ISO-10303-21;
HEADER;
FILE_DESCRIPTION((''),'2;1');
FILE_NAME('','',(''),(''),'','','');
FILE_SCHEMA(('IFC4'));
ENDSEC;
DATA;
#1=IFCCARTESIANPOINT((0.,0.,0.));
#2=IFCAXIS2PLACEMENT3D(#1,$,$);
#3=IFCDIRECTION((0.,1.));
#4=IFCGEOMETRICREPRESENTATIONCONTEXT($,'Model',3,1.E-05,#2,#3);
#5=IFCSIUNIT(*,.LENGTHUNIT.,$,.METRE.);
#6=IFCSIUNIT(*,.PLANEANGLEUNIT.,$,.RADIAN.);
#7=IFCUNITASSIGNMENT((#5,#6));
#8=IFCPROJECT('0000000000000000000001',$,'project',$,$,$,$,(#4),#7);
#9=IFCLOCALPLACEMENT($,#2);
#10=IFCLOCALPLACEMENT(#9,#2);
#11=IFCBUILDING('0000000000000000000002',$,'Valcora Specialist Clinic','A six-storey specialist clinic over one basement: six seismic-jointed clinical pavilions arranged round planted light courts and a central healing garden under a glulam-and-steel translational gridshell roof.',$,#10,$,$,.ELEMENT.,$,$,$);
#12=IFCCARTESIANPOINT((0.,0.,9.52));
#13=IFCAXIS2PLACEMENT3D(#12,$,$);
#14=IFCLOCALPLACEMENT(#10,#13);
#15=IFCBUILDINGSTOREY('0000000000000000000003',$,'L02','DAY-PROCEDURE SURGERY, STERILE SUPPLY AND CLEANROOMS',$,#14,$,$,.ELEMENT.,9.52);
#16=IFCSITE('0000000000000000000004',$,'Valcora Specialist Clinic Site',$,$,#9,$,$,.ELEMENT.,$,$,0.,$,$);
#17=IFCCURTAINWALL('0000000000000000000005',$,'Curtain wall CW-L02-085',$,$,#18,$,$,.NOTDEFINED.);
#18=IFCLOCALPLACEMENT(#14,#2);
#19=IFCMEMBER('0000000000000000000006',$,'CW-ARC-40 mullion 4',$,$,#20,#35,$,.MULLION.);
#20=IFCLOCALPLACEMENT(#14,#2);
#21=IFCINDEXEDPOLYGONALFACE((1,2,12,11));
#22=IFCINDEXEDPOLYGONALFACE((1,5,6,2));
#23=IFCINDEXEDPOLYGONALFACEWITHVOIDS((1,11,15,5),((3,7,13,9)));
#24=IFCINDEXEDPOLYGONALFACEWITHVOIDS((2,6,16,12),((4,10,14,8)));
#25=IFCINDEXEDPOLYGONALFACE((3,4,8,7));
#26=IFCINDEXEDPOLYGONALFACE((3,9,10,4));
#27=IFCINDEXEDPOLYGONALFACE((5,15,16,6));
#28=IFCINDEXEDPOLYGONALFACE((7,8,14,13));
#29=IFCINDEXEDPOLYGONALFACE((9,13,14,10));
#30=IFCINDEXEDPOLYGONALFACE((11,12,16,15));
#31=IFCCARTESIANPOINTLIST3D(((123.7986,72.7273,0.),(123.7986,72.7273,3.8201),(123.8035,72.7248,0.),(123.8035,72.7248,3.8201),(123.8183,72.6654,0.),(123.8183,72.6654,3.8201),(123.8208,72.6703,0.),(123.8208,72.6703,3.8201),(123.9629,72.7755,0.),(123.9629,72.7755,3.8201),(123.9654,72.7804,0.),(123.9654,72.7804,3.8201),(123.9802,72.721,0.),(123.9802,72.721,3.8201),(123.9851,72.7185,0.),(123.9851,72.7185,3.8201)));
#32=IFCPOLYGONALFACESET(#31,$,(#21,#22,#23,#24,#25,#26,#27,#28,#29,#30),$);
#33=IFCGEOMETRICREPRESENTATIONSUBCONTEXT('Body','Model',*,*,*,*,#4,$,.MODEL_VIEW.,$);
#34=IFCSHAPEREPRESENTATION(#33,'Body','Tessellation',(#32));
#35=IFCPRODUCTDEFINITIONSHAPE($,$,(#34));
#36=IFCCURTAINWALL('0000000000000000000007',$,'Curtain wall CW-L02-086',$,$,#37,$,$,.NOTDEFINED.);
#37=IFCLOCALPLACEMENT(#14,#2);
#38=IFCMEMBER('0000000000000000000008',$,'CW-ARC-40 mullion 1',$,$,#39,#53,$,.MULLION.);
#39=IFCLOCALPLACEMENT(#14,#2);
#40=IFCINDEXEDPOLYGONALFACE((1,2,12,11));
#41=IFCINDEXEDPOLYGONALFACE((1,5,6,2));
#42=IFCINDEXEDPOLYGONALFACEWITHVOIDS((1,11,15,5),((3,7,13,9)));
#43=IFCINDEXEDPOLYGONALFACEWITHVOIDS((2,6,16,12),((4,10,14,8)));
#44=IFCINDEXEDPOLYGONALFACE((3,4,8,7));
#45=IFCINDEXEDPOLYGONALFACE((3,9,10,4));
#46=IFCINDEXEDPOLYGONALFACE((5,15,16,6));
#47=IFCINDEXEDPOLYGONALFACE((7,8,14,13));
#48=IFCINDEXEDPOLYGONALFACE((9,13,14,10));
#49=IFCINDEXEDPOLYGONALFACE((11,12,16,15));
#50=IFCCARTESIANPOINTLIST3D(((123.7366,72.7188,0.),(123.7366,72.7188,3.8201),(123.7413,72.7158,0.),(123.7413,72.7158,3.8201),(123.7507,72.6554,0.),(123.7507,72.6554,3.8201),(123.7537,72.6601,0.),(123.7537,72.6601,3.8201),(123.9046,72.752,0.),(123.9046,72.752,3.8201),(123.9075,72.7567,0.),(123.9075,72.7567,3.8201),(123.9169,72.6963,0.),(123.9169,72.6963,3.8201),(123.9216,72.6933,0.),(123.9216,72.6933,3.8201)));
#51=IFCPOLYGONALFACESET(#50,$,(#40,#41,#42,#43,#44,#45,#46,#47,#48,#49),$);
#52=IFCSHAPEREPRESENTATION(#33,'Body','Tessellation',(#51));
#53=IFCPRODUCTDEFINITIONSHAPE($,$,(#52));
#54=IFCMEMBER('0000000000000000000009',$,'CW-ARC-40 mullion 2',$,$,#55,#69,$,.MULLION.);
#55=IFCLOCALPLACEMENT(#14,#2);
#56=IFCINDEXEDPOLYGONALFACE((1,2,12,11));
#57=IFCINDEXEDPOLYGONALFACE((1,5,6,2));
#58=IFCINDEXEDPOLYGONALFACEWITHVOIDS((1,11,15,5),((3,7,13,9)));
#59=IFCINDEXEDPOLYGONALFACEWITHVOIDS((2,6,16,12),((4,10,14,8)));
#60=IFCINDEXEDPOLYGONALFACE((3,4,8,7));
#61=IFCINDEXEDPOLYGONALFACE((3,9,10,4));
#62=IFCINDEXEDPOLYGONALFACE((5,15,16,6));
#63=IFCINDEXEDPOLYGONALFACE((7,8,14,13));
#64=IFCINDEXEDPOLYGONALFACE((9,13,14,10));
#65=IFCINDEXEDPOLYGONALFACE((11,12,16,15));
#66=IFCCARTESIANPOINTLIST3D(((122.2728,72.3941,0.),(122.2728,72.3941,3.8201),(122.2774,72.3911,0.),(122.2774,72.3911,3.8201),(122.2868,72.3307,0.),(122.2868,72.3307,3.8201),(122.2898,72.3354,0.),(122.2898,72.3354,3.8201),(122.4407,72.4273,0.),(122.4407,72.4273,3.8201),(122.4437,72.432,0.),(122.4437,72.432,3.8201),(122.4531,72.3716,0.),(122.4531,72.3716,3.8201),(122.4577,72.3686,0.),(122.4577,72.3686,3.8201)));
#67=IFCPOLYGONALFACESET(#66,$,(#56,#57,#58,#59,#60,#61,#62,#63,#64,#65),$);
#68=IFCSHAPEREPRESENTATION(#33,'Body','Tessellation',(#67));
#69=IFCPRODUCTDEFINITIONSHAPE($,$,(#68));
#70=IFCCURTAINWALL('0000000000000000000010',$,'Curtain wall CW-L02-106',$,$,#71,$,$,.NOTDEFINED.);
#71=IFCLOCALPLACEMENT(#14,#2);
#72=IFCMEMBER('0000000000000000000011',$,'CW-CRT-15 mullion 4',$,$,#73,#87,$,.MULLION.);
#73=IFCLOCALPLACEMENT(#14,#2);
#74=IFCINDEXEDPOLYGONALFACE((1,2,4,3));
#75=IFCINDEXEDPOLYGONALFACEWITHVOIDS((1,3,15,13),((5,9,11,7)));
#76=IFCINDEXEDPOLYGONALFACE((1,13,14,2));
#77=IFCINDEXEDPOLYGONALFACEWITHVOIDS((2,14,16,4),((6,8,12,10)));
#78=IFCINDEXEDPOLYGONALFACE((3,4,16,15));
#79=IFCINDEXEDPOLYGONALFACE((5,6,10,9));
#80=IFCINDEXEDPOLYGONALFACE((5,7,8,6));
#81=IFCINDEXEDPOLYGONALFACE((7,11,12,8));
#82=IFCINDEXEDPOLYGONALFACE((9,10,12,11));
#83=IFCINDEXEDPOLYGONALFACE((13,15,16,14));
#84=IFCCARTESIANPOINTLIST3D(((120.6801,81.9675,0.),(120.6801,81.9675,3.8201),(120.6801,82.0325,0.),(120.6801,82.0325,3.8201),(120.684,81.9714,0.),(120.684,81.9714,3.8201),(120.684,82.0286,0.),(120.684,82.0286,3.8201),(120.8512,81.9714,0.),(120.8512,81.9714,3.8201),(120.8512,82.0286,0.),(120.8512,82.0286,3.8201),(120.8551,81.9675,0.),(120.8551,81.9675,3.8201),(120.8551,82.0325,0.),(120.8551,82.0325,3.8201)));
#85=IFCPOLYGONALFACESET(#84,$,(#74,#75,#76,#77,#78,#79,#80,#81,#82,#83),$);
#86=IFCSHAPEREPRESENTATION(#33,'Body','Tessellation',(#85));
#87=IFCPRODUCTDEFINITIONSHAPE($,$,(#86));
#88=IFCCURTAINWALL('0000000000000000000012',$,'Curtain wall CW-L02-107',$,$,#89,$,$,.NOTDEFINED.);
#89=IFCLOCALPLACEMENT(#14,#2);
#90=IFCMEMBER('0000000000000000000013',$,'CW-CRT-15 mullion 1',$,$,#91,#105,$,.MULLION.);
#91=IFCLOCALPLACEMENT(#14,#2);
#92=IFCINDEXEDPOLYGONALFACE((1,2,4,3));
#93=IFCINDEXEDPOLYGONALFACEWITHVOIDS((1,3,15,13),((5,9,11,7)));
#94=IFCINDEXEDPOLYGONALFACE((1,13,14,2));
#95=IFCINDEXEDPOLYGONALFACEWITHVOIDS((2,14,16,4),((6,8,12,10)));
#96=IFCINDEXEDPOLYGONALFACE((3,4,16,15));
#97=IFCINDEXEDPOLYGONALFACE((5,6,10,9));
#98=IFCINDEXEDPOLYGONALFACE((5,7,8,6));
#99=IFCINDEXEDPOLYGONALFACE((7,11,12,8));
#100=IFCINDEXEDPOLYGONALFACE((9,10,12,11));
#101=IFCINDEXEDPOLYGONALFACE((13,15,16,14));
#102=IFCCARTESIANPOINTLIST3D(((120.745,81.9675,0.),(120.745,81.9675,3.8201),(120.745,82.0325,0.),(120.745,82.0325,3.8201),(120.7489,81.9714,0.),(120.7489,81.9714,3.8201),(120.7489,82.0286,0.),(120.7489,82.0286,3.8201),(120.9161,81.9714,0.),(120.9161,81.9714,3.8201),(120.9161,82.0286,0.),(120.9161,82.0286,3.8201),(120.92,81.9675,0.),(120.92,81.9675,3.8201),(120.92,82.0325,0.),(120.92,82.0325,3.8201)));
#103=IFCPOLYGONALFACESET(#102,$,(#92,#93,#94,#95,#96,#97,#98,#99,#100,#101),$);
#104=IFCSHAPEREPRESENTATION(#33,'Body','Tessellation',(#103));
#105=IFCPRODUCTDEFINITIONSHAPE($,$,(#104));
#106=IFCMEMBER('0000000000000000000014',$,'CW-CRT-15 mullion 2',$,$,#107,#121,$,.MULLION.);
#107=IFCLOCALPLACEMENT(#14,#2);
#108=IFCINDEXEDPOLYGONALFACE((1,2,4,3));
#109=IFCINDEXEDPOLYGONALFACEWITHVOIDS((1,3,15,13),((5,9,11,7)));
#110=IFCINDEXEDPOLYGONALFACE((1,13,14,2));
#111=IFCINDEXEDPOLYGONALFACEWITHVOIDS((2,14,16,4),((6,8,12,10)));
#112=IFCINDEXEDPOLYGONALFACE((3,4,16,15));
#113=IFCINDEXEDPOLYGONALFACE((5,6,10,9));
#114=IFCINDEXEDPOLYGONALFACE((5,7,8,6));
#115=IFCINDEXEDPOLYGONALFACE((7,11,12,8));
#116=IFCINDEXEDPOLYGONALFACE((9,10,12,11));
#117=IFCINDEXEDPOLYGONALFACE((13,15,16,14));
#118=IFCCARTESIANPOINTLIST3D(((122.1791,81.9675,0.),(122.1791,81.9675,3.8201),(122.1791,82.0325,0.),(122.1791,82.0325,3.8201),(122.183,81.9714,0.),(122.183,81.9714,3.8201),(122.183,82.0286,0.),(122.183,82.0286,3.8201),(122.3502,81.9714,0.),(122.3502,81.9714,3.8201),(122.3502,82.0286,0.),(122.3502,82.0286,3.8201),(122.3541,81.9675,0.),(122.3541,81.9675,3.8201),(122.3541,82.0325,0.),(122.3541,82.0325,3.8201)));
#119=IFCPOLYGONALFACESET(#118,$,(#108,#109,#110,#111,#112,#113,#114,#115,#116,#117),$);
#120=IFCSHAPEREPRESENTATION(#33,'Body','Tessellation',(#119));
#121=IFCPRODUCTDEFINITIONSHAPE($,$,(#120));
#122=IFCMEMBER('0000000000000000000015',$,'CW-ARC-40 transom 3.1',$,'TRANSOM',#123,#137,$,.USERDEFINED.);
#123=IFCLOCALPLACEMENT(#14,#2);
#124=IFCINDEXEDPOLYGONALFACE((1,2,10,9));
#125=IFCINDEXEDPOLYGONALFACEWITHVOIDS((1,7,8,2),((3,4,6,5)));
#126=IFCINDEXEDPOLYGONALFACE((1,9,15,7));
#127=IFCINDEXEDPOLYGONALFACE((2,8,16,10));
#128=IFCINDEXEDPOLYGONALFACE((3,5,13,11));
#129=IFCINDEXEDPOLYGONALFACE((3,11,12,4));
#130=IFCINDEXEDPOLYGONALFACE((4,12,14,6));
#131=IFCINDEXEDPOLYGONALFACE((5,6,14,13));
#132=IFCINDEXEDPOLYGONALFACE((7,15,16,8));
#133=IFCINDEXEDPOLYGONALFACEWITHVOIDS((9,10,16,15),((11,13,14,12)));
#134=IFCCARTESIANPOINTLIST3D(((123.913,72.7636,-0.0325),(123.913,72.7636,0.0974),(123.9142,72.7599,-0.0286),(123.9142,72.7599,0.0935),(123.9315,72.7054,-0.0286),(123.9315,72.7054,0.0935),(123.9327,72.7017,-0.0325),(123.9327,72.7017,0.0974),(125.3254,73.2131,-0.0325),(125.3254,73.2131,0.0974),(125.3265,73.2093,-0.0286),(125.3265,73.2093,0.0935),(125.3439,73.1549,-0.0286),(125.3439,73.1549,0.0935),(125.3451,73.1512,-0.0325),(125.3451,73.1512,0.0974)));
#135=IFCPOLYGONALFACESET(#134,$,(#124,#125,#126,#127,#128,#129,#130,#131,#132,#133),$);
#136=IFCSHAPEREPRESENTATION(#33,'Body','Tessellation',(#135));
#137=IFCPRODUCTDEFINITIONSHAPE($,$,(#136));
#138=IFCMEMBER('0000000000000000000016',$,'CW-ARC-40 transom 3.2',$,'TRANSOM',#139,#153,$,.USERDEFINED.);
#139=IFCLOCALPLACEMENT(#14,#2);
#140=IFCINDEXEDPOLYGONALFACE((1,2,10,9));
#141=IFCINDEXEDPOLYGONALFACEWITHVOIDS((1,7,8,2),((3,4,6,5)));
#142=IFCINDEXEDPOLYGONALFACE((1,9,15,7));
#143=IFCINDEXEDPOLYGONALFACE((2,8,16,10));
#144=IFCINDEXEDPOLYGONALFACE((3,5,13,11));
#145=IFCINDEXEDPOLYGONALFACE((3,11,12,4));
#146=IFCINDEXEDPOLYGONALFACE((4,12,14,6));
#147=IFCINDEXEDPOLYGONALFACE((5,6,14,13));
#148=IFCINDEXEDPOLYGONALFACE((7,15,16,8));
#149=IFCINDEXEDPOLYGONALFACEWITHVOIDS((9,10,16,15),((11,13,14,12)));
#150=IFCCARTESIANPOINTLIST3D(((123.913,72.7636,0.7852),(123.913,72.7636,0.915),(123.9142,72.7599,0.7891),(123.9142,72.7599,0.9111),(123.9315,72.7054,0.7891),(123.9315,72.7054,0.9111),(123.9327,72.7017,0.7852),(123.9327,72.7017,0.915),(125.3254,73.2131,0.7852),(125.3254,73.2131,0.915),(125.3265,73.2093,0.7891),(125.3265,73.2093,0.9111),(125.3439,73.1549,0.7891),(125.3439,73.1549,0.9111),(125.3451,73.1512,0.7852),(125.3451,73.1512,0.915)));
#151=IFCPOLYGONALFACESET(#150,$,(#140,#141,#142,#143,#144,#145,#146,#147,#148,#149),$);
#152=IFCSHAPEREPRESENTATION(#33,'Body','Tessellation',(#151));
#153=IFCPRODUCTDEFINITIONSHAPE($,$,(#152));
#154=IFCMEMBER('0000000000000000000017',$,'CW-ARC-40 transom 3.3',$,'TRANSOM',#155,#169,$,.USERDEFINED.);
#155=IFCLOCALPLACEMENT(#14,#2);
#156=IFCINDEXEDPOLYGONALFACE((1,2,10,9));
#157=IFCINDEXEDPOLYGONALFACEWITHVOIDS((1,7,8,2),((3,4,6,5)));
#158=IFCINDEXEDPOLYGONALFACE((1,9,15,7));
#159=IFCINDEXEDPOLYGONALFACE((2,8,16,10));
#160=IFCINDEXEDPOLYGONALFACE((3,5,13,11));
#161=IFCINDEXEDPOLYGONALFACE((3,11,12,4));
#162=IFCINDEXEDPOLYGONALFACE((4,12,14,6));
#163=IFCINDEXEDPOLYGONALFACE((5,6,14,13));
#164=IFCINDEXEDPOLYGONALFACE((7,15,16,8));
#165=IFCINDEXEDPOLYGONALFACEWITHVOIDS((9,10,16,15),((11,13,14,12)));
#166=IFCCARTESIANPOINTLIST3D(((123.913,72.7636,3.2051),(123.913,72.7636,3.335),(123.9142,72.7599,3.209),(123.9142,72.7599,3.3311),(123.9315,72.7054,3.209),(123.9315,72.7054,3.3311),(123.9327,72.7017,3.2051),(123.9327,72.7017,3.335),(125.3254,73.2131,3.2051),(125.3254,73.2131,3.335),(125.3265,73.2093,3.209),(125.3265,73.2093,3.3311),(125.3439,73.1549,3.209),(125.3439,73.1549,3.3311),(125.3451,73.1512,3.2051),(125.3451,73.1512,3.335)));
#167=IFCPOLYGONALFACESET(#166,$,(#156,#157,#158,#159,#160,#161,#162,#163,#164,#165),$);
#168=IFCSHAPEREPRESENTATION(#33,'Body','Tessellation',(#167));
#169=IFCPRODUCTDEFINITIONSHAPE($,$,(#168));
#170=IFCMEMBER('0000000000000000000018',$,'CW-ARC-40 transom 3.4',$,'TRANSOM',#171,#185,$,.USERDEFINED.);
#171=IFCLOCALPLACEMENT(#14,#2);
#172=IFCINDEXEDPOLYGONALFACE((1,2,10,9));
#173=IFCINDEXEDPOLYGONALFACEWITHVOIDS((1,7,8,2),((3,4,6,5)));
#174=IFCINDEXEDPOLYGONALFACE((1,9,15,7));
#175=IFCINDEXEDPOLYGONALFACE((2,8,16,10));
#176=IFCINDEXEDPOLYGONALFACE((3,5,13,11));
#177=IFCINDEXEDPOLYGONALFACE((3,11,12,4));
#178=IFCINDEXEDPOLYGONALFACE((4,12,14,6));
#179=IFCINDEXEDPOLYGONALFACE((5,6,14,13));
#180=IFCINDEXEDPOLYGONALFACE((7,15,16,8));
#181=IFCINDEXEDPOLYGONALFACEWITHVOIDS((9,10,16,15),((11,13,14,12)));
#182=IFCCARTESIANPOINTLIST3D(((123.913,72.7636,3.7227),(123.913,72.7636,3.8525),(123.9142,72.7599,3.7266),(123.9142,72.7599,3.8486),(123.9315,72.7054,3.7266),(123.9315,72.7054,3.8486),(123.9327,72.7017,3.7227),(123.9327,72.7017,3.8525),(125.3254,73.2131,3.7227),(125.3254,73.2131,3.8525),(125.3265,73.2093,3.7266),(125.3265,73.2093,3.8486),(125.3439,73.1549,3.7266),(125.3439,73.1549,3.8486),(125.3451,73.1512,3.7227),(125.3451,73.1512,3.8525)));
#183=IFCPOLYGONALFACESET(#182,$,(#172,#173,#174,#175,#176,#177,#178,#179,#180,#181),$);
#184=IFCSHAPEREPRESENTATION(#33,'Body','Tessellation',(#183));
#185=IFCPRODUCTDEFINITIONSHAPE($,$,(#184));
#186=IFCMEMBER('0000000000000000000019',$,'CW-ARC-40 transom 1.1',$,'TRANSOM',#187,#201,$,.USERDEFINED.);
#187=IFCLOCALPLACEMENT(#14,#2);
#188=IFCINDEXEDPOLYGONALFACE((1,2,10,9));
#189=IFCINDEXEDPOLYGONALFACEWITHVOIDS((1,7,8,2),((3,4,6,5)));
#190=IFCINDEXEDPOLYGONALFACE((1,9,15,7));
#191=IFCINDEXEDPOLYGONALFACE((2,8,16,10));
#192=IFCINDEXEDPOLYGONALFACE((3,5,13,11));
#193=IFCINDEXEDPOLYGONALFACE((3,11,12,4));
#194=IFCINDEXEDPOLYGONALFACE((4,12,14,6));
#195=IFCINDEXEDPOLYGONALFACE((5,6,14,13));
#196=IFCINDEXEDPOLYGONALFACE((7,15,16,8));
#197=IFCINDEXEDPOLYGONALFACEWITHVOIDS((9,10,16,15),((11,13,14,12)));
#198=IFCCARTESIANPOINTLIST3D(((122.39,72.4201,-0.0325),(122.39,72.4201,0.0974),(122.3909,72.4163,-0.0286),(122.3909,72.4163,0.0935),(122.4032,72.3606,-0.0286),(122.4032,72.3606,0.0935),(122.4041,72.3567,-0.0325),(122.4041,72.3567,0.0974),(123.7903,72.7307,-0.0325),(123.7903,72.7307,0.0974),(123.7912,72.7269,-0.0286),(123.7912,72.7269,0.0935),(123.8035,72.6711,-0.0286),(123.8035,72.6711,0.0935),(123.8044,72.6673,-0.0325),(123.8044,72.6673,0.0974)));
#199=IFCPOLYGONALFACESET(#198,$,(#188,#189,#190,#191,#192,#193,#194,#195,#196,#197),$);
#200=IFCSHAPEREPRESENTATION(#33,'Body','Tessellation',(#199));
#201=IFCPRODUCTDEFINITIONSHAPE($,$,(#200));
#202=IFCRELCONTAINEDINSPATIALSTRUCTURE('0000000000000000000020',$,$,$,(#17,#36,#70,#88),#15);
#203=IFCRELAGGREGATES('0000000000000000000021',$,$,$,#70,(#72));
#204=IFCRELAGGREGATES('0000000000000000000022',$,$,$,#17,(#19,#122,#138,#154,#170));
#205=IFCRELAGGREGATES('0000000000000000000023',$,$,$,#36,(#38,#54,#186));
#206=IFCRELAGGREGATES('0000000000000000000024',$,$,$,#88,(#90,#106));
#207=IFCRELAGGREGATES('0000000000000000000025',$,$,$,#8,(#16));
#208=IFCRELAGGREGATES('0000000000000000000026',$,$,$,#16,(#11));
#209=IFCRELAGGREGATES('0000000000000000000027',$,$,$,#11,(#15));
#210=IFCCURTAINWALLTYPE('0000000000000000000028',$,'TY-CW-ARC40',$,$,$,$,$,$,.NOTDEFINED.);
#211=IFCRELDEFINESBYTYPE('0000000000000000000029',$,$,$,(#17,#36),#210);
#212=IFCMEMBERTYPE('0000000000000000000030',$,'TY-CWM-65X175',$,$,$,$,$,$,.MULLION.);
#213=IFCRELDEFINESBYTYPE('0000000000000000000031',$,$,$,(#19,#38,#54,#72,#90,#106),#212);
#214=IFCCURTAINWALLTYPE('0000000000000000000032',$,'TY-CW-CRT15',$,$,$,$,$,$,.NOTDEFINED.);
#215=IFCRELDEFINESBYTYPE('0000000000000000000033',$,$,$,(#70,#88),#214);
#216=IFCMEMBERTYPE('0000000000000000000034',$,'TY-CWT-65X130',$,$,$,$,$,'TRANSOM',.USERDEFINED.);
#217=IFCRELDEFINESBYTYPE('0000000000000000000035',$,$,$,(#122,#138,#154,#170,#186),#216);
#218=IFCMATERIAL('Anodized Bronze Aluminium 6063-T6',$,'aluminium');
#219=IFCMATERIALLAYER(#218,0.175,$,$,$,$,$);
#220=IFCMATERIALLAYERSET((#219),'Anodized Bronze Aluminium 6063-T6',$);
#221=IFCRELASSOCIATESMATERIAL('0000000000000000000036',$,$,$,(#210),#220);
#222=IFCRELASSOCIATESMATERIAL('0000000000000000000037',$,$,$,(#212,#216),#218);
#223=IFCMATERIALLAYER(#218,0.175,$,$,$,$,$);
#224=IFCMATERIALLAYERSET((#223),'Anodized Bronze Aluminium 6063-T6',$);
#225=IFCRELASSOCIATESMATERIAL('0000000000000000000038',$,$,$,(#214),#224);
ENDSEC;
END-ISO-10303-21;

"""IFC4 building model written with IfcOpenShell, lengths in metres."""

from ifc_helpers import new_model, si_unit, direction, frame, origin, origin_2d, place, context, subcontext, project, spatial, hollow_rectangle, extrude, material, layer, layer_set, material_profile, profile_set, type_object, element, aggregate, save


model = new_model("IFC4")

# Units and contexts
model_context = context("Model", 3, precision=1e-05, world=origin(), true_north=direction((0.0, 1.0)))
body_context = subcontext(model_context, "Body", "Model", "MODEL_VIEW")
ifc_project = project(units=[si_unit("LENGTHUNIT", "METRE"), si_unit("PLANEANGLEUNIT", "RADIAN")], contexts=[model_context])

# Site, building, storey
site_placement = place(None, origin())
site = spatial("IfcSite", under=ifc_project, at=site_placement, Name="Valcora Specialist Clinic Site", CompositionType="ELEMENT", RefElevation=0.0)
building_placement = place(site_placement, origin())
building = spatial("IfcBuilding", under=site, at=building_placement, Name="Valcora Specialist Clinic", Description="A six-storey specialist clinic over one basement: six seismic-jointed clinical pavilions arranged round planted light courts and a central healing garden under a glulam-and-steel translational gridshell roof.", CompositionType="ELEMENT")
storey_placement = place(building_placement, frame((0.0, 0.0, 9.52)))
storey = spatial("IfcBuildingStorey", under=building, at=storey_placement, Name="L02", Description="DAY-PROCEDURE SURGERY, STERILE SUPPLY AND CLEANROOMS", CompositionType="ELEMENT", Elevation=9.52)

# Curtain wall, member
ifc_material_1 = material(Name="Anodized Bronze Aluminium 6063-T6", Category="aluminium")
ifc_layer_1 = layer(ifc_material_1, 0.175)
ifc_layer_set_1 = layer_set([ifc_layer_1], Name="Anodized Bronze Aluminium 6063-T6")
curtain_wall_type_1 = type_object("IfcCurtainWallType", Name="TY-CW-ARC40", PredefinedType="NOTDEFINED", material=ifc_layer_set_1)
curtain_wall_1_placement = place(storey_placement, origin())
curtain_wall_1 = element("IfcCurtainWall", 1, at=curtain_wall_1_placement, inside=storey, type_object=curtain_wall_type_1, Name="Curtain wall CW-L02-085", PredefinedType="NOTDEFINED")
ifc_material_profile_1 = material_profile(ifc_material_1, hollow_rectangle(XDim=0.0649, YDim=0.175, WallThickness=0.0039, at=origin_2d()), Name="AL-MUL-65X175")
ifc_profile_set_1 = profile_set([ifc_material_profile_1], Name="Anodized Bronze Aluminium 6063-T6")
member_type_1 = type_object("IfcMemberType", Name="TY-CWM-65X175", PredefinedType="MULLION", material=ifc_profile_set_1)
member_1_placement = place(storey_placement, frame((123.8918, 72.7229, 0.0), z_axis=(0.0, 0.0, 1.0), x_axis=(0.303233, -0.952916, 0.0)))
member_1 = element("IfcMember", 2, at=member_1_placement, type_object=member_type_1, Name="CW-ARC-40 mullion 4", PredefinedType="MULLION", context=body_context, shape_type="SweptSolid", body=[
    extrude(hollow_rectangle(XDim=0.0649, YDim=0.175, WallThickness=0.0039, at=origin_2d()), origin(), (0.0, 0.0, 1.0), 3.8201),
])

# Curtain wall, members
curtain_wall_2_placement = place(storey_placement, origin())
curtain_wall_2 = element("IfcCurtainWall", 3, at=curtain_wall_2_placement, inside=storey, type_object=curtain_wall_type_1, Name="Curtain wall CW-L02-086", PredefinedType="NOTDEFINED")
member_2_placement = place(storey_placement, frame((123.8291, 72.7061, 0.0), z_axis=(0.0, 0.0, 1.0), x_axis=(0.216518, -0.976279, 0.0)))
member_2 = element("IfcMember", 4, at=member_2_placement, type_object=member_type_1, Name="CW-ARC-40 mullion 1", PredefinedType="MULLION", context=body_context, shape_type="SweptSolid", body=[
    extrude(hollow_rectangle(XDim=0.0649, YDim=0.175, WallThickness=0.0039, at=origin_2d()), origin(), (0.0, 0.0, 1.0), 3.8201),
])
member_3_placement = place(storey_placement, frame((122.3652, 72.3813, 0.0), z_axis=(0.0, 0.0, 1.0), x_axis=(0.216518, -0.976279, 0.0)))
member_3 = element("IfcMember", 5, at=member_3_placement, type_object=member_type_1, Name="CW-ARC-40 mullion 2", PredefinedType="MULLION", context=body_context, shape_type="SweptSolid", body=[
    extrude(hollow_rectangle(XDim=0.0649, YDim=0.175, WallThickness=0.0039, at=origin_2d()), origin(), (0.0, 0.0, 1.0), 3.8201),
])

# Curtain wall, member
ifc_layer_2 = layer(ifc_material_1, 0.175)
ifc_layer_set_2 = layer_set([ifc_layer_2], Name="Anodized Bronze Aluminium 6063-T6")
curtain_wall_type_2 = type_object("IfcCurtainWallType", Name="TY-CW-CRT15", PredefinedType="NOTDEFINED", material=ifc_layer_set_2)
curtain_wall_3_placement = place(storey_placement, origin())
curtain_wall_3 = element("IfcCurtainWall", 6, at=curtain_wall_3_placement, inside=storey, type_object=curtain_wall_type_2, Name="Curtain wall CW-L02-106", PredefinedType="NOTDEFINED")
member_4_placement = place(storey_placement, frame((120.7676, 82.0, 0.0), z_axis=(0.0, 0.0, 1.0), x_axis=(0.0, 1.0, 0.0)))
member_4 = element("IfcMember", 7, at=member_4_placement, type_object=member_type_1, Name="CW-CRT-15 mullion 4", PredefinedType="MULLION", context=body_context, shape_type="SweptSolid", body=[
    extrude(hollow_rectangle(XDim=0.0649, YDim=0.175, WallThickness=0.0039, at=origin_2d()), origin(), (0.0, 0.0, 1.0), 3.8201),
])

# Curtain wall, members
curtain_wall_4_placement = place(storey_placement, origin())
curtain_wall_4 = element("IfcCurtainWall", 8, at=curtain_wall_4_placement, inside=storey, type_object=curtain_wall_type_2, Name="Curtain wall CW-L02-107", PredefinedType="NOTDEFINED")
member_5_placement = place(storey_placement, frame((120.8325, 82.0, 0.0), z_axis=(0.0, 0.0, 1.0), x_axis=(0.0, 1.0, 0.0)))
member_5 = element("IfcMember", 9, at=member_5_placement, type_object=member_type_1, Name="CW-CRT-15 mullion 1", PredefinedType="MULLION", context=body_context, shape_type="SweptSolid", body=[
    extrude(hollow_rectangle(XDim=0.0649, YDim=0.175, WallThickness=0.0039, at=origin_2d()), origin(), (0.0, 0.0, 1.0), 3.8201),
])
member_6_placement = place(storey_placement, frame((122.2666, 82.0, 0.0), z_axis=(0.0, 0.0, 1.0), x_axis=(0.0, 1.0, 0.0)))
member_6 = element("IfcMember", 10, at=member_6_placement, type_object=member_type_1, Name="CW-CRT-15 mullion 2", PredefinedType="MULLION", context=body_context, shape_type="SweptSolid", body=[
    extrude(hollow_rectangle(XDim=0.0649, YDim=0.175, WallThickness=0.0039, at=origin_2d()), origin(), (0.0, 0.0, 1.0), 3.8201),
])

# Members
ifc_material_profile_2 = material_profile(ifc_material_1, hollow_rectangle(XDim=0.0649, YDim=0.1299, WallThickness=0.0039, at=origin_2d()), Name="AL-TRN-65X130")
ifc_profile_set_2 = profile_set([ifc_material_profile_2], Name="Anodized Bronze Aluminium 6063-T6")
member_type_2 = type_object("IfcMemberType", Name="TY-CWT-65X130", ElementType="TRANSOM", PredefinedType="USERDEFINED", material=ifc_profile_set_2)
member_7_placement = place(storey_placement, frame((125.3352, 73.1821, 0.0325), z_axis=(-0.952911, -0.303251, 0.0), x_axis=(0.303251, -0.952911, 0.0)))
member_7 = element("IfcMember", 11, at=member_7_placement, type_object=member_type_2, Name="CW-ARC-40 transom 3.1", ObjectType="TRANSOM", PredefinedType="USERDEFINED", context=body_context, shape_type="SweptSolid", body=[
    extrude(hollow_rectangle(XDim=0.0649, YDim=0.1299, WallThickness=0.0039, at=origin_2d()), origin(), (0.0, 0.0, 1.0), 1.4822),
])
member_8_placement = place(storey_placement, frame((125.3352, 73.1821, 0.8501), z_axis=(-0.952911, -0.303251, 0.0), x_axis=(0.303251, -0.952911, 0.0)))
member_8 = element("IfcMember", 12, at=member_8_placement, type_object=member_type_2, Name="CW-ARC-40 transom 3.2", ObjectType="TRANSOM", PredefinedType="USERDEFINED", context=body_context, shape_type="SweptSolid", body=[
    extrude(hollow_rectangle(XDim=0.0649, YDim=0.1299, WallThickness=0.0039, at=origin_2d()), origin(), (0.0, 0.0, 1.0), 1.4822),
])
member_9_placement = place(storey_placement, frame((125.3352, 73.1821, 3.27), z_axis=(-0.952911, -0.303251, 0.0), x_axis=(0.303251, -0.952911, 0.0)))
member_9 = element("IfcMember", 13, at=member_9_placement, type_object=member_type_2, Name="CW-ARC-40 transom 3.3", ObjectType="TRANSOM", PredefinedType="USERDEFINED", context=body_context, shape_type="SweptSolid", body=[
    extrude(hollow_rectangle(XDim=0.0649, YDim=0.1299, WallThickness=0.0039, at=origin_2d()), origin(), (0.0, 0.0, 1.0), 1.4822),
])
member_10_placement = place(storey_placement, frame((125.3352, 73.1821, 3.7876), z_axis=(-0.952911, -0.303251, 0.0), x_axis=(0.303251, -0.952911, 0.0)))
member_10 = element("IfcMember", 14, at=member_10_placement, type_object=member_type_2, Name="CW-ARC-40 transom 3.4", ObjectType="TRANSOM", PredefinedType="USERDEFINED", context=body_context, shape_type="SweptSolid", body=[
    extrude(hollow_rectangle(XDim=0.0649, YDim=0.1299, WallThickness=0.0039, at=origin_2d()), origin(), (0.0, 0.0, 1.0), 1.4822),
])
member_11_placement = place(storey_placement, frame((123.7974, 72.699, 0.0325), z_axis=(-0.976283, -0.216498, 0.0), x_axis=(0.216498, -0.976283, 0.0)))
member_11 = element("IfcMember", 15, at=member_11_placement, type_object=member_type_2, Name="CW-ARC-40 transom 1.1", ObjectType="TRANSOM", PredefinedType="USERDEFINED", context=body_context, shape_type="SweptSolid", body=[
    extrude(hollow_rectangle(XDim=0.0649, YDim=0.1299, WallThickness=0.0039, at=origin_2d()), origin(), (0.0, 0.0, 1.0), 1.4343),
])

aggregate(curtain_wall_3, [member_4])
aggregate(curtain_wall_1, [member_1, member_7, member_8, member_9, member_10])
aggregate(curtain_wall_2, [member_2, member_3, member_11])
aggregate(curtain_wall_4, [member_5, member_6])

save(model, "model.ifc")
